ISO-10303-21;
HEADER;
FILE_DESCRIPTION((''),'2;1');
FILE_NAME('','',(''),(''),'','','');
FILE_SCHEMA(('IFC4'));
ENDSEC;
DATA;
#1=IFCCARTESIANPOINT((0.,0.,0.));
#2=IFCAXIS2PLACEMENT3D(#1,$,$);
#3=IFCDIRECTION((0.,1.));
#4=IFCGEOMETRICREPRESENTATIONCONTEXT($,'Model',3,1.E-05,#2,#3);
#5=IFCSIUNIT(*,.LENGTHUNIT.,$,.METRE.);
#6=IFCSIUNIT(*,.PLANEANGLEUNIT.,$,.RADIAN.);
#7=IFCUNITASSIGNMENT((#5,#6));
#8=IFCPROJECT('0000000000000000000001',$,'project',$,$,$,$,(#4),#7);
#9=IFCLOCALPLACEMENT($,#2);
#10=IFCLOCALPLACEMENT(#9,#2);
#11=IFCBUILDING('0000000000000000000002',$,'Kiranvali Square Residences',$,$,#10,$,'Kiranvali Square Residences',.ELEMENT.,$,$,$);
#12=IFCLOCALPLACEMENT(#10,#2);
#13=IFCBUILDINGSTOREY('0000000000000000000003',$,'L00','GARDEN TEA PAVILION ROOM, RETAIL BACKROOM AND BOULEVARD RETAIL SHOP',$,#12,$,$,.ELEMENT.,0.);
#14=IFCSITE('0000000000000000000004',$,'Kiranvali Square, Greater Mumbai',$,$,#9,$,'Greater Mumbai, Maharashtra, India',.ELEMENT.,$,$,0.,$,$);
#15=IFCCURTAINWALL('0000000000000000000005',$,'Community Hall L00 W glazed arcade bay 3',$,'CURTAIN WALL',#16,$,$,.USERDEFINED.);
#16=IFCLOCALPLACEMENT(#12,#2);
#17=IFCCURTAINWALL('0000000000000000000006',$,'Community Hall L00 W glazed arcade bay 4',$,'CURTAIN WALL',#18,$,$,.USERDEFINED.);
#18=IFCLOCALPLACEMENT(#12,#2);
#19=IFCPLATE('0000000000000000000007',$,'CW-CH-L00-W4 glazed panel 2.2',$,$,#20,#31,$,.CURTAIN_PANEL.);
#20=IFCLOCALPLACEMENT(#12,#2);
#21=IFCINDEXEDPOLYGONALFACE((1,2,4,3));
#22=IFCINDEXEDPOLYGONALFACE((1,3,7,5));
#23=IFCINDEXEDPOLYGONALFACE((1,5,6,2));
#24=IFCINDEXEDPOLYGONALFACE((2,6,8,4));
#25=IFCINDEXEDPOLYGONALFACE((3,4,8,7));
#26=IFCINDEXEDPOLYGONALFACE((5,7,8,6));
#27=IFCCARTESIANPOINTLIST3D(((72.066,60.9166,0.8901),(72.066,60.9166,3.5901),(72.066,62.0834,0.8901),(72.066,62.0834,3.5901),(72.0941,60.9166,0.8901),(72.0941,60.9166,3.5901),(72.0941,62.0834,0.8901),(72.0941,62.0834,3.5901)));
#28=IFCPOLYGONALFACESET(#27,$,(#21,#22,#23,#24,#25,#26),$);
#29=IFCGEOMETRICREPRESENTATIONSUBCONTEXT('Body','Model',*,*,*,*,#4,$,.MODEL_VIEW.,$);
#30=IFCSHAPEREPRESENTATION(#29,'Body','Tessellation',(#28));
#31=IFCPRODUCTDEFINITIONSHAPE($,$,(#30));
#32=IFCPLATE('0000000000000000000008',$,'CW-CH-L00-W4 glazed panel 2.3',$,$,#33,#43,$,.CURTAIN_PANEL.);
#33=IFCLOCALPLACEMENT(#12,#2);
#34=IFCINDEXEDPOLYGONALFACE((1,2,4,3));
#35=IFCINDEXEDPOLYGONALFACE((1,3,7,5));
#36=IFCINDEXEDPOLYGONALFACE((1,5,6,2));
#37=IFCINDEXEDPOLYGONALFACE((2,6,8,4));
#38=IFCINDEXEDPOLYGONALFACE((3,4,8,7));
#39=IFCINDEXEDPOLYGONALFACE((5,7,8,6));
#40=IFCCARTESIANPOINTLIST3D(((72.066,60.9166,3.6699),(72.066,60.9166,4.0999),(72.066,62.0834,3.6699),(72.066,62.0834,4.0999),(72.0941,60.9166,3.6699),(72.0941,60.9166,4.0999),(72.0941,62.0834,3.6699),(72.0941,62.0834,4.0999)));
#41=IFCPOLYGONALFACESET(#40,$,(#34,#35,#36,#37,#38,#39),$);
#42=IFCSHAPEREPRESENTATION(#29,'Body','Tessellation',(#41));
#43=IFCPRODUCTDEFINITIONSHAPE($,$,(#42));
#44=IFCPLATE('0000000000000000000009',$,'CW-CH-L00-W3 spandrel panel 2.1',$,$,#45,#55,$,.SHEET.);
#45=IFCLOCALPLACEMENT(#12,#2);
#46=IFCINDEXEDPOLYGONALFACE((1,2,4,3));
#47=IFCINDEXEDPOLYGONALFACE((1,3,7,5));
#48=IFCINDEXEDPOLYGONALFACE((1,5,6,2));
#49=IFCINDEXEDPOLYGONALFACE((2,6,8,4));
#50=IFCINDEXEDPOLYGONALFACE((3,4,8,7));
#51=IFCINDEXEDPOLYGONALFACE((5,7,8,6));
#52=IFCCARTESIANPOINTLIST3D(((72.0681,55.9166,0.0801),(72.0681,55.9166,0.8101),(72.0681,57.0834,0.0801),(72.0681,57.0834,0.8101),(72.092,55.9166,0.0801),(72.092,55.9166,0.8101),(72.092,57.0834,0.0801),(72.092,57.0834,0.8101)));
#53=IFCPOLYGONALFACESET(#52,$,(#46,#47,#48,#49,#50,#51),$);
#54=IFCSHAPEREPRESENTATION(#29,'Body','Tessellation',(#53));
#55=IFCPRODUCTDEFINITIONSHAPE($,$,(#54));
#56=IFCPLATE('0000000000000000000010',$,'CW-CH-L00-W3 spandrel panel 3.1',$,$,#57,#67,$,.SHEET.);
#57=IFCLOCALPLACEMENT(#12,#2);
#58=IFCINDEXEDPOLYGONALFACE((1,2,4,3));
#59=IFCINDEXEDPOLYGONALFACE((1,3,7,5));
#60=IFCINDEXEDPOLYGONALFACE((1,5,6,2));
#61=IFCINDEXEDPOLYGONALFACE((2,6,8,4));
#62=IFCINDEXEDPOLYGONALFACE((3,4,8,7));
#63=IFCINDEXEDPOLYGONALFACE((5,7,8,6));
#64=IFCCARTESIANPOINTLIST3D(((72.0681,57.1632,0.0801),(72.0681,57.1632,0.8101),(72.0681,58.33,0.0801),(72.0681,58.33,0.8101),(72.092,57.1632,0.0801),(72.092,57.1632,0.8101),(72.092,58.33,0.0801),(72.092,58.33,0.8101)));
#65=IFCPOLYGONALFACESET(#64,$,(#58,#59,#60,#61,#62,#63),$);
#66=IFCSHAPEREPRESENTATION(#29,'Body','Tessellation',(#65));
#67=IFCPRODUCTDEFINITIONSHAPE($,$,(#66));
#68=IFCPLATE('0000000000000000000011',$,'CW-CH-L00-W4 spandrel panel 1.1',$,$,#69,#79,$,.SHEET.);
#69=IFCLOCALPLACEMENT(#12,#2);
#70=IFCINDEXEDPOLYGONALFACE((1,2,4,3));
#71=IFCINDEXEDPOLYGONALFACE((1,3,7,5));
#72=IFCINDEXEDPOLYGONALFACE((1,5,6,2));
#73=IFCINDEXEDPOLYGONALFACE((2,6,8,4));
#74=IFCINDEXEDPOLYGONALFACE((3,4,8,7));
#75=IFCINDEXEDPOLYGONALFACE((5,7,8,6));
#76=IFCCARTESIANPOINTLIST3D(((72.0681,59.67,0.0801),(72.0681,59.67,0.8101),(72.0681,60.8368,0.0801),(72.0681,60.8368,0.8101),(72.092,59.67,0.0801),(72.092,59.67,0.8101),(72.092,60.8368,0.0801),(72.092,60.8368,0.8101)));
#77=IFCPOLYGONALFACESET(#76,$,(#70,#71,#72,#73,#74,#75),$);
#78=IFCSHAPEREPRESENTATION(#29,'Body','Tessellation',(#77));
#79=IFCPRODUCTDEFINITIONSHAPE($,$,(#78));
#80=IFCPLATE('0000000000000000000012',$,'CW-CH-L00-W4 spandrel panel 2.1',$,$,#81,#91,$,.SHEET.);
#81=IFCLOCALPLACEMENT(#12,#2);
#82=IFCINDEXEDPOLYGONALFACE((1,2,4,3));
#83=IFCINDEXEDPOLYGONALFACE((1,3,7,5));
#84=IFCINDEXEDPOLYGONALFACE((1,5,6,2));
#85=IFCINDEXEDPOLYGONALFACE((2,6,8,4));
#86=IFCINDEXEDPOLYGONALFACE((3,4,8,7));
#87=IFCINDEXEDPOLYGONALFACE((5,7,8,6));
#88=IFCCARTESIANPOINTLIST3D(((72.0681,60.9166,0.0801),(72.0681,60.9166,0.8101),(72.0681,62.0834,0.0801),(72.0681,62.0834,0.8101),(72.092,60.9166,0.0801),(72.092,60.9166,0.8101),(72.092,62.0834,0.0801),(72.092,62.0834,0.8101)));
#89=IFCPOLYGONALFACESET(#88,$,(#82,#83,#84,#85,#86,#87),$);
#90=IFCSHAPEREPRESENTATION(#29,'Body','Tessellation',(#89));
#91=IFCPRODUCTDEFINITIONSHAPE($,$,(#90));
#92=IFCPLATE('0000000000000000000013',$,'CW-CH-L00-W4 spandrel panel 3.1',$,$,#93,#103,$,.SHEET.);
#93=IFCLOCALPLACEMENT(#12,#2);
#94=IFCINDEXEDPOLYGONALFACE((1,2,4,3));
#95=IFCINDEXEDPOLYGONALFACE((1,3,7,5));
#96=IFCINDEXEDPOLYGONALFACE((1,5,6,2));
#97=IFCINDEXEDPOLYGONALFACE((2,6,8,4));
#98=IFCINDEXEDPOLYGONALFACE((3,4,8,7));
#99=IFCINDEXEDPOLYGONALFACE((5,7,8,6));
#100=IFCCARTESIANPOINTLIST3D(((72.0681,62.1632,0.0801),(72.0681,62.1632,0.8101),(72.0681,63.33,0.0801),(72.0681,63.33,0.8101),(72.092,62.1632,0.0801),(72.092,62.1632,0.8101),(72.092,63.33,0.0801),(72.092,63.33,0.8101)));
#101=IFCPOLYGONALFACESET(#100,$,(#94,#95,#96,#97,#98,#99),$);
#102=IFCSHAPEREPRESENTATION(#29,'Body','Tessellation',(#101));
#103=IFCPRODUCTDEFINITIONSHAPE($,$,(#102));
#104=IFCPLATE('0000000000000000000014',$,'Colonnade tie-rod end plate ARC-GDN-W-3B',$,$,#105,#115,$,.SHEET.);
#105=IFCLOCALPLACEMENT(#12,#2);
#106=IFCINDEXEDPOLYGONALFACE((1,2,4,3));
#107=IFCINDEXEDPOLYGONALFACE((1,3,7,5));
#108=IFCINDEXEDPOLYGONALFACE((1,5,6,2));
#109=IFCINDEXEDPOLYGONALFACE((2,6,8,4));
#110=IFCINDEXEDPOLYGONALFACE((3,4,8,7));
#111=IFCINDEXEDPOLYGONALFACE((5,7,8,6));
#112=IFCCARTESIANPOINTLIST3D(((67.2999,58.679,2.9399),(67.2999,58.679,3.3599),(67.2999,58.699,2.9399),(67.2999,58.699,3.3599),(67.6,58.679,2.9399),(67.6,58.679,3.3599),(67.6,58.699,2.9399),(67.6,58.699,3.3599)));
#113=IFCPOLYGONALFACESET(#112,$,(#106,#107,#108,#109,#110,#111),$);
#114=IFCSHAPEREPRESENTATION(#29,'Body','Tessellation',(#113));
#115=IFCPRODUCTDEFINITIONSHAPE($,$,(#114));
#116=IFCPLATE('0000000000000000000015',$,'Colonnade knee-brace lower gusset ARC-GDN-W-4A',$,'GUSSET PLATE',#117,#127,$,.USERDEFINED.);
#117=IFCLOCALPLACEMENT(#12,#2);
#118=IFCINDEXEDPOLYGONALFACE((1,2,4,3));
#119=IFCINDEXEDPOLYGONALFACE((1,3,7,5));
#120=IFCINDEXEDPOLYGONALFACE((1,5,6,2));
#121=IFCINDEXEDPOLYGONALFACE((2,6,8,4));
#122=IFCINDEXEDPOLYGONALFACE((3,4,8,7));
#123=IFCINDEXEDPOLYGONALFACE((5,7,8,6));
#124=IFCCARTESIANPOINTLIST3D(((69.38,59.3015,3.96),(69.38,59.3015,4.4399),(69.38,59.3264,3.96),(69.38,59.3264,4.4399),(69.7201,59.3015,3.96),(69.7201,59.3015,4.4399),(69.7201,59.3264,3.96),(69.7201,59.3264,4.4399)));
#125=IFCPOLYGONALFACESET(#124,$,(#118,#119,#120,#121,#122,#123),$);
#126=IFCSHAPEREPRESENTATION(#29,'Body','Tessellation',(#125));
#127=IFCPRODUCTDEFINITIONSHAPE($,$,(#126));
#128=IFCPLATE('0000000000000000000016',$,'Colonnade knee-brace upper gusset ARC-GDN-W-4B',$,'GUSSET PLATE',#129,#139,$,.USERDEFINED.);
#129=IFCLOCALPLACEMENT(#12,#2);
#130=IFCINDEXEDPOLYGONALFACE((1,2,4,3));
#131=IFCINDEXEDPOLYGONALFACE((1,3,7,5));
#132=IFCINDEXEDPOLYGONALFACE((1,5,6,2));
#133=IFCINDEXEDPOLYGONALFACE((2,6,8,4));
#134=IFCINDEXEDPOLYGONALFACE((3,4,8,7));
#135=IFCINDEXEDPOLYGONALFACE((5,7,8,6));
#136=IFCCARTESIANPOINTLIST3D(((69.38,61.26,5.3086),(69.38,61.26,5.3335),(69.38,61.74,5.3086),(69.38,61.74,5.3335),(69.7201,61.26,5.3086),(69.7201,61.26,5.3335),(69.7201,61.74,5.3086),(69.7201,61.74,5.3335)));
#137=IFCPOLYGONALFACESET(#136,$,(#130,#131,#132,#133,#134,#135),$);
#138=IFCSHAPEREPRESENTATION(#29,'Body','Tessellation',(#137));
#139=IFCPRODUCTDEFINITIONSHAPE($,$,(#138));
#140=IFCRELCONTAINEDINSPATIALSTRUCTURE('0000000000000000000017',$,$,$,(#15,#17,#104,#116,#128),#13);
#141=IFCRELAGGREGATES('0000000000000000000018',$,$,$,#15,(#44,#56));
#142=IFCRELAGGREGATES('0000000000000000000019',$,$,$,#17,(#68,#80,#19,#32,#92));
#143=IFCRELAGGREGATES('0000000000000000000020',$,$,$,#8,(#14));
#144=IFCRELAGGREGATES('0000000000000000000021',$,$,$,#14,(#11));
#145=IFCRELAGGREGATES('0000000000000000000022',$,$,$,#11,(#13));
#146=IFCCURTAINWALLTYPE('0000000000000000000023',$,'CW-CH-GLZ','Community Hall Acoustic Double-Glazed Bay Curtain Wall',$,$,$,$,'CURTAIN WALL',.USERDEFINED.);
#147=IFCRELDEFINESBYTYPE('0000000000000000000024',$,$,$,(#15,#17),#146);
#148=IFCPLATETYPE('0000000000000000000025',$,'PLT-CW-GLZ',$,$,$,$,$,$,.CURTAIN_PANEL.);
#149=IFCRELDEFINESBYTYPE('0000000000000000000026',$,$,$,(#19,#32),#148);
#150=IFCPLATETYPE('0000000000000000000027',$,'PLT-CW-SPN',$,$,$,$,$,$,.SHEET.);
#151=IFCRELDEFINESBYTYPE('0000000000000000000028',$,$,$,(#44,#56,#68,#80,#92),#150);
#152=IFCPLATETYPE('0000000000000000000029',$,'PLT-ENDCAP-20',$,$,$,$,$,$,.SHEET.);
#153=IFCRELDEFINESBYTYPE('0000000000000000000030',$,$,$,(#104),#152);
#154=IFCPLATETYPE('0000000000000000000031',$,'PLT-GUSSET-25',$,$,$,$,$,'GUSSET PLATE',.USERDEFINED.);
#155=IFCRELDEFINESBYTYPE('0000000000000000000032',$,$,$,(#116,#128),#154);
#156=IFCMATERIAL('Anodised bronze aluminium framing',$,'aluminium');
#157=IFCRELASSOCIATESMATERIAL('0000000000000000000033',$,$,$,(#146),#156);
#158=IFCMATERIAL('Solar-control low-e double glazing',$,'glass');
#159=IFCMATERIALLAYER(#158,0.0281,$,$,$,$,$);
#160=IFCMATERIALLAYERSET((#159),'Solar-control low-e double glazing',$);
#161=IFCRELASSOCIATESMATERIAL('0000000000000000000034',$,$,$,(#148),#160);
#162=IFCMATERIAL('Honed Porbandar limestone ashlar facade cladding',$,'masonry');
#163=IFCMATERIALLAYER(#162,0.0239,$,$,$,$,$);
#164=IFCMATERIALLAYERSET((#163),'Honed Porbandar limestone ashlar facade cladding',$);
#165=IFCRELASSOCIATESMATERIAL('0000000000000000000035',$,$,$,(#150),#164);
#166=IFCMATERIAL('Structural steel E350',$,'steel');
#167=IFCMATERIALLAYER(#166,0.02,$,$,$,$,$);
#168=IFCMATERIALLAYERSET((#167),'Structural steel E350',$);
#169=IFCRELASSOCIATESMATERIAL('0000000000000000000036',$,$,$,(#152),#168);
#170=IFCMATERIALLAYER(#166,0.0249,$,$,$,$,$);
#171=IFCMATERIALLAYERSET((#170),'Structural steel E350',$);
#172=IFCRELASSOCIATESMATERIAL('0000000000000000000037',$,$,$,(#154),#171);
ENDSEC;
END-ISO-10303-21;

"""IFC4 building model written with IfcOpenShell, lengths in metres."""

from ifc_helpers import new_model, si_unit, direction, frame, origin, origin_2d, place, context, subcontext, project, spatial, rectangle, extrude, material, layer, layer_set, type_object, element, aggregate, save


model = new_model("IFC4")

# Units and contexts
model_context = context("Model", 3, precision=1e-05, world=origin(), true_north=direction((0.0, 1.0)))
body_context = subcontext(model_context, "Body", "Model", "MODEL_VIEW")
ifc_project = project(units=[si_unit("LENGTHUNIT", "METRE"), si_unit("PLANEANGLEUNIT", "RADIAN")], contexts=[model_context])

# Site, building, storey
site_placement = place(None, origin())
site = spatial("IfcSite", under=ifc_project, at=site_placement, Name="Kiranvali Square, Greater Mumbai", LongName="Greater Mumbai, Maharashtra, India", CompositionType="ELEMENT", RefElevation=0.0)
building_placement = place(site_placement, origin())
building = spatial("IfcBuilding", under=site, at=building_placement, Name="Kiranvali Square Residences", LongName="Kiranvali Square Residences", CompositionType="ELEMENT")
storey_placement = place(building_placement, origin())
storey = spatial("IfcBuildingStorey", under=building, at=storey_placement, Name="L00", Description="GARDEN TEA PAVILION ROOM, RETAIL BACKROOM AND BOULEVARD RETAIL SHOP", CompositionType="ELEMENT", Elevation=0.0)

# Curtain walls
ifc_material_1 = material(Name="Anodised bronze aluminium framing", Category="aluminium")
curtain_wall_type = type_object("IfcCurtainWallType", Name="CW-CH-GLZ", Description="Community Hall Acoustic Double-Glazed Bay Curtain Wall", ElementType="CURTAIN WALL", PredefinedType="USERDEFINED", material=ifc_material_1)
curtain_wall_1_placement = place(storey_placement, origin())
curtain_wall_1 = element("IfcCurtainWall", 1, at=curtain_wall_1_placement, inside=storey, type_object=curtain_wall_type, Name="Community Hall L00 W glazed arcade bay 3", ObjectType="CURTAIN WALL", PredefinedType="USERDEFINED")
curtain_wall_2_placement = place(storey_placement, origin())
curtain_wall_2 = element("IfcCurtainWall", 2, at=curtain_wall_2_placement, inside=storey, type_object=curtain_wall_type, Name="Community Hall L00 W glazed arcade bay 4", ObjectType="CURTAIN WALL", PredefinedType="USERDEFINED")

# Shared definitions
ifc_material_2 = material(Name="Structural steel E350", Category="steel")

# Plates
ifc_material_3 = material(Name="Solar-control low-e double glazing", Category="glass")
ifc_layer_1 = layer(ifc_material_3, 0.0281)
ifc_layer_set_1 = layer_set([ifc_layer_1], Name="Solar-control low-e double glazing")
plate_type_1 = type_object("IfcPlateType", Name="PLT-CW-GLZ", PredefinedType="CURTAIN_PANEL", material=ifc_layer_set_1)
plate_1_placement = place(storey_placement, frame((72.0801, 61.5, 0.8901), z_axis=(0.0, 0.0, 1.0), x_axis=(0.0, 1.0, 0.0)))
plate_1 = element("IfcPlate", 3, at=plate_1_placement, type_object=plate_type_1, Name="CW-CH-L00-W4 glazed panel 2.2", PredefinedType="CURTAIN_PANEL", context=body_context, shape_type="SweptSolid", body=[
    extrude(rectangle(XDim=1.1667, YDim=0.0281, at=origin_2d()), origin(), (0.0, 0.0, 1.0), 2.7),
])
plate_2_placement = place(storey_placement, frame((72.0801, 61.5, 3.6699), z_axis=(0.0, 0.0, 1.0), x_axis=(0.0, 1.0, 0.0)))
plate_2 = element("IfcPlate", 4, at=plate_2_placement, type_object=plate_type_1, Name="CW-CH-L00-W4 glazed panel 2.3", PredefinedType="CURTAIN_PANEL", context=body_context, shape_type="SweptSolid", body=[
    extrude(rectangle(XDim=1.1667, YDim=0.0281, at=origin_2d()), origin(), (0.0, 0.0, 1.0), 0.4299),
])
ifc_material_4 = material(Name="Honed Porbandar limestone ashlar facade cladding", Category="masonry")
ifc_layer_2 = layer(ifc_material_4, 0.0239)
ifc_layer_set_2 = layer_set([ifc_layer_2], Name="Honed Porbandar limestone ashlar facade cladding")
plate_type_2 = type_object("IfcPlateType", Name="PLT-CW-SPN", PredefinedType="SHEET", material=ifc_layer_set_2)
plate_3_placement = place(storey_placement, frame((72.0801, 56.5, 0.0801), z_axis=(0.0, 0.0, 1.0), x_axis=(0.0, 1.0, 0.0)))
plate_3 = element("IfcPlate", 5, at=plate_3_placement, type_object=plate_type_2, Name="CW-CH-L00-W3 spandrel panel 2.1", PredefinedType="SHEET", context=body_context, shape_type="SweptSolid", body=[
    extrude(rectangle(XDim=1.1667, YDim=0.0239, at=origin_2d()), origin(), (0.0, 0.0, 1.0), 0.73),
])
plate_4_placement = place(storey_placement, frame((72.0801, 57.7466, 0.0801), z_axis=(0.0, 0.0, 1.0), x_axis=(0.0, 1.0, 0.0)))
plate_4 = element("IfcPlate", 6, at=plate_4_placement, type_object=plate_type_2, Name="CW-CH-L00-W3 spandrel panel 3.1", PredefinedType="SHEET", context=body_context, shape_type="SweptSolid", body=[
    extrude(rectangle(XDim=1.1667, YDim=0.0239, at=origin_2d()), origin(), (0.0, 0.0, 1.0), 0.73),
])
aggregate(curtain_wall_1, [plate_3, plate_4])
plate_5_placement = place(storey_placement, frame((72.0801, 60.2534, 0.0801), z_axis=(0.0, 0.0, 1.0), x_axis=(0.0, 1.0, 0.0)))
plate_5 = element("IfcPlate", 7, at=plate_5_placement, type_object=plate_type_2, Name="CW-CH-L00-W4 spandrel panel 1.1", PredefinedType="SHEET", context=body_context, shape_type="SweptSolid", body=[
    extrude(rectangle(XDim=1.1667, YDim=0.0239, at=origin_2d()), origin(), (0.0, 0.0, 1.0), 0.73),
])
plate_6_placement = place(storey_placement, frame((72.0801, 61.5, 0.0801), z_axis=(0.0, 0.0, 1.0), x_axis=(0.0, 1.0, 0.0)))
plate_6 = element("IfcPlate", 8, at=plate_6_placement, type_object=plate_type_2, Name="CW-CH-L00-W4 spandrel panel 2.1", PredefinedType="SHEET", context=body_context, shape_type="SweptSolid", body=[
    extrude(rectangle(XDim=1.1667, YDim=0.0239, at=origin_2d()), origin(), (0.0, 0.0, 1.0), 0.73),
])
plate_7_placement = place(storey_placement, frame((72.0801, 62.7466, 0.0801), z_axis=(0.0, 0.0, 1.0), x_axis=(0.0, 1.0, 0.0)))
plate_7 = element("IfcPlate", 9, at=plate_7_placement, type_object=plate_type_2, Name="CW-CH-L00-W4 spandrel panel 3.1", PredefinedType="SHEET", context=body_context, shape_type="SweptSolid", body=[
    extrude(rectangle(XDim=1.1667, YDim=0.0239, at=origin_2d()), origin(), (0.0, 0.0, 1.0), 0.73),
])
aggregate(curtain_wall_2, [plate_5, plate_6, plate_1, plate_2, plate_7])

# Plates
ifc_layer_3 = layer(ifc_material_2, 0.02)
ifc_layer_set_3 = layer_set([ifc_layer_3], Name="Structural steel E350")
plate_type_3 = type_object("IfcPlateType", Name="PLT-ENDCAP-20", PredefinedType="SHEET", material=ifc_layer_set_3)
plate_8_placement = place(storey_placement, frame((67.45, 58.689, 2.9399), z_axis=(0.0, 0.0, 1.0), x_axis=(1.0, 0.0, 0.0)))
element("IfcPlate", 10, at=plate_8_placement, inside=storey, type_object=plate_type_3, Name="Colonnade tie-rod end plate ARC-GDN-W-3B", PredefinedType="SHEET", context=body_context, shape_type="SweptSolid", body=[
    extrude(rectangle(XDim=0.3, YDim=0.02, at=origin_2d()), origin(), (0.0, 0.0, 1.0), 0.4199),
])
ifc_layer_4 = layer(ifc_material_2, 0.0249)
ifc_layer_set_4 = layer_set([ifc_layer_4], Name="Structural steel E350")
plate_type_4 = type_object("IfcPlateType", Name="PLT-GUSSET-25", ElementType="GUSSET PLATE", PredefinedType="USERDEFINED", material=ifc_layer_set_4)
plate_9_placement = place(storey_placement, frame((69.55, 59.314, 3.96), z_axis=(0.0, 0.0, 1.0), x_axis=(1.0, 0.0, 0.0)))
element("IfcPlate", 11, at=plate_9_placement, inside=storey, type_object=plate_type_4, Name="Colonnade knee-brace lower gusset ARC-GDN-W-4A", ObjectType="GUSSET PLATE", PredefinedType="USERDEFINED", context=body_context, shape_type="SweptSolid", body=[
    extrude(rectangle(XDim=0.3401, YDim=0.0249, at=origin_2d()), origin(), (0.0, 0.0, 1.0), 0.48),
])
plate_10_placement = place(storey_placement, frame((69.55, 61.5, 5.3086), z_axis=(0.0, 0.0, 1.0), x_axis=(1.0, 0.0, 0.0)))
element("IfcPlate", 12, at=plate_10_placement, inside=storey, type_object=plate_type_4, Name="Colonnade knee-brace upper gusset ARC-GDN-W-4B", ObjectType="GUSSET PLATE", PredefinedType="USERDEFINED", context=body_context, shape_type="SweptSolid", body=[
    extrude(rectangle(XDim=0.3401, YDim=0.48, at=origin_2d()), origin(), (0.0, 0.0, 1.0), 0.0249),
])

save(model, "model.ifc")
